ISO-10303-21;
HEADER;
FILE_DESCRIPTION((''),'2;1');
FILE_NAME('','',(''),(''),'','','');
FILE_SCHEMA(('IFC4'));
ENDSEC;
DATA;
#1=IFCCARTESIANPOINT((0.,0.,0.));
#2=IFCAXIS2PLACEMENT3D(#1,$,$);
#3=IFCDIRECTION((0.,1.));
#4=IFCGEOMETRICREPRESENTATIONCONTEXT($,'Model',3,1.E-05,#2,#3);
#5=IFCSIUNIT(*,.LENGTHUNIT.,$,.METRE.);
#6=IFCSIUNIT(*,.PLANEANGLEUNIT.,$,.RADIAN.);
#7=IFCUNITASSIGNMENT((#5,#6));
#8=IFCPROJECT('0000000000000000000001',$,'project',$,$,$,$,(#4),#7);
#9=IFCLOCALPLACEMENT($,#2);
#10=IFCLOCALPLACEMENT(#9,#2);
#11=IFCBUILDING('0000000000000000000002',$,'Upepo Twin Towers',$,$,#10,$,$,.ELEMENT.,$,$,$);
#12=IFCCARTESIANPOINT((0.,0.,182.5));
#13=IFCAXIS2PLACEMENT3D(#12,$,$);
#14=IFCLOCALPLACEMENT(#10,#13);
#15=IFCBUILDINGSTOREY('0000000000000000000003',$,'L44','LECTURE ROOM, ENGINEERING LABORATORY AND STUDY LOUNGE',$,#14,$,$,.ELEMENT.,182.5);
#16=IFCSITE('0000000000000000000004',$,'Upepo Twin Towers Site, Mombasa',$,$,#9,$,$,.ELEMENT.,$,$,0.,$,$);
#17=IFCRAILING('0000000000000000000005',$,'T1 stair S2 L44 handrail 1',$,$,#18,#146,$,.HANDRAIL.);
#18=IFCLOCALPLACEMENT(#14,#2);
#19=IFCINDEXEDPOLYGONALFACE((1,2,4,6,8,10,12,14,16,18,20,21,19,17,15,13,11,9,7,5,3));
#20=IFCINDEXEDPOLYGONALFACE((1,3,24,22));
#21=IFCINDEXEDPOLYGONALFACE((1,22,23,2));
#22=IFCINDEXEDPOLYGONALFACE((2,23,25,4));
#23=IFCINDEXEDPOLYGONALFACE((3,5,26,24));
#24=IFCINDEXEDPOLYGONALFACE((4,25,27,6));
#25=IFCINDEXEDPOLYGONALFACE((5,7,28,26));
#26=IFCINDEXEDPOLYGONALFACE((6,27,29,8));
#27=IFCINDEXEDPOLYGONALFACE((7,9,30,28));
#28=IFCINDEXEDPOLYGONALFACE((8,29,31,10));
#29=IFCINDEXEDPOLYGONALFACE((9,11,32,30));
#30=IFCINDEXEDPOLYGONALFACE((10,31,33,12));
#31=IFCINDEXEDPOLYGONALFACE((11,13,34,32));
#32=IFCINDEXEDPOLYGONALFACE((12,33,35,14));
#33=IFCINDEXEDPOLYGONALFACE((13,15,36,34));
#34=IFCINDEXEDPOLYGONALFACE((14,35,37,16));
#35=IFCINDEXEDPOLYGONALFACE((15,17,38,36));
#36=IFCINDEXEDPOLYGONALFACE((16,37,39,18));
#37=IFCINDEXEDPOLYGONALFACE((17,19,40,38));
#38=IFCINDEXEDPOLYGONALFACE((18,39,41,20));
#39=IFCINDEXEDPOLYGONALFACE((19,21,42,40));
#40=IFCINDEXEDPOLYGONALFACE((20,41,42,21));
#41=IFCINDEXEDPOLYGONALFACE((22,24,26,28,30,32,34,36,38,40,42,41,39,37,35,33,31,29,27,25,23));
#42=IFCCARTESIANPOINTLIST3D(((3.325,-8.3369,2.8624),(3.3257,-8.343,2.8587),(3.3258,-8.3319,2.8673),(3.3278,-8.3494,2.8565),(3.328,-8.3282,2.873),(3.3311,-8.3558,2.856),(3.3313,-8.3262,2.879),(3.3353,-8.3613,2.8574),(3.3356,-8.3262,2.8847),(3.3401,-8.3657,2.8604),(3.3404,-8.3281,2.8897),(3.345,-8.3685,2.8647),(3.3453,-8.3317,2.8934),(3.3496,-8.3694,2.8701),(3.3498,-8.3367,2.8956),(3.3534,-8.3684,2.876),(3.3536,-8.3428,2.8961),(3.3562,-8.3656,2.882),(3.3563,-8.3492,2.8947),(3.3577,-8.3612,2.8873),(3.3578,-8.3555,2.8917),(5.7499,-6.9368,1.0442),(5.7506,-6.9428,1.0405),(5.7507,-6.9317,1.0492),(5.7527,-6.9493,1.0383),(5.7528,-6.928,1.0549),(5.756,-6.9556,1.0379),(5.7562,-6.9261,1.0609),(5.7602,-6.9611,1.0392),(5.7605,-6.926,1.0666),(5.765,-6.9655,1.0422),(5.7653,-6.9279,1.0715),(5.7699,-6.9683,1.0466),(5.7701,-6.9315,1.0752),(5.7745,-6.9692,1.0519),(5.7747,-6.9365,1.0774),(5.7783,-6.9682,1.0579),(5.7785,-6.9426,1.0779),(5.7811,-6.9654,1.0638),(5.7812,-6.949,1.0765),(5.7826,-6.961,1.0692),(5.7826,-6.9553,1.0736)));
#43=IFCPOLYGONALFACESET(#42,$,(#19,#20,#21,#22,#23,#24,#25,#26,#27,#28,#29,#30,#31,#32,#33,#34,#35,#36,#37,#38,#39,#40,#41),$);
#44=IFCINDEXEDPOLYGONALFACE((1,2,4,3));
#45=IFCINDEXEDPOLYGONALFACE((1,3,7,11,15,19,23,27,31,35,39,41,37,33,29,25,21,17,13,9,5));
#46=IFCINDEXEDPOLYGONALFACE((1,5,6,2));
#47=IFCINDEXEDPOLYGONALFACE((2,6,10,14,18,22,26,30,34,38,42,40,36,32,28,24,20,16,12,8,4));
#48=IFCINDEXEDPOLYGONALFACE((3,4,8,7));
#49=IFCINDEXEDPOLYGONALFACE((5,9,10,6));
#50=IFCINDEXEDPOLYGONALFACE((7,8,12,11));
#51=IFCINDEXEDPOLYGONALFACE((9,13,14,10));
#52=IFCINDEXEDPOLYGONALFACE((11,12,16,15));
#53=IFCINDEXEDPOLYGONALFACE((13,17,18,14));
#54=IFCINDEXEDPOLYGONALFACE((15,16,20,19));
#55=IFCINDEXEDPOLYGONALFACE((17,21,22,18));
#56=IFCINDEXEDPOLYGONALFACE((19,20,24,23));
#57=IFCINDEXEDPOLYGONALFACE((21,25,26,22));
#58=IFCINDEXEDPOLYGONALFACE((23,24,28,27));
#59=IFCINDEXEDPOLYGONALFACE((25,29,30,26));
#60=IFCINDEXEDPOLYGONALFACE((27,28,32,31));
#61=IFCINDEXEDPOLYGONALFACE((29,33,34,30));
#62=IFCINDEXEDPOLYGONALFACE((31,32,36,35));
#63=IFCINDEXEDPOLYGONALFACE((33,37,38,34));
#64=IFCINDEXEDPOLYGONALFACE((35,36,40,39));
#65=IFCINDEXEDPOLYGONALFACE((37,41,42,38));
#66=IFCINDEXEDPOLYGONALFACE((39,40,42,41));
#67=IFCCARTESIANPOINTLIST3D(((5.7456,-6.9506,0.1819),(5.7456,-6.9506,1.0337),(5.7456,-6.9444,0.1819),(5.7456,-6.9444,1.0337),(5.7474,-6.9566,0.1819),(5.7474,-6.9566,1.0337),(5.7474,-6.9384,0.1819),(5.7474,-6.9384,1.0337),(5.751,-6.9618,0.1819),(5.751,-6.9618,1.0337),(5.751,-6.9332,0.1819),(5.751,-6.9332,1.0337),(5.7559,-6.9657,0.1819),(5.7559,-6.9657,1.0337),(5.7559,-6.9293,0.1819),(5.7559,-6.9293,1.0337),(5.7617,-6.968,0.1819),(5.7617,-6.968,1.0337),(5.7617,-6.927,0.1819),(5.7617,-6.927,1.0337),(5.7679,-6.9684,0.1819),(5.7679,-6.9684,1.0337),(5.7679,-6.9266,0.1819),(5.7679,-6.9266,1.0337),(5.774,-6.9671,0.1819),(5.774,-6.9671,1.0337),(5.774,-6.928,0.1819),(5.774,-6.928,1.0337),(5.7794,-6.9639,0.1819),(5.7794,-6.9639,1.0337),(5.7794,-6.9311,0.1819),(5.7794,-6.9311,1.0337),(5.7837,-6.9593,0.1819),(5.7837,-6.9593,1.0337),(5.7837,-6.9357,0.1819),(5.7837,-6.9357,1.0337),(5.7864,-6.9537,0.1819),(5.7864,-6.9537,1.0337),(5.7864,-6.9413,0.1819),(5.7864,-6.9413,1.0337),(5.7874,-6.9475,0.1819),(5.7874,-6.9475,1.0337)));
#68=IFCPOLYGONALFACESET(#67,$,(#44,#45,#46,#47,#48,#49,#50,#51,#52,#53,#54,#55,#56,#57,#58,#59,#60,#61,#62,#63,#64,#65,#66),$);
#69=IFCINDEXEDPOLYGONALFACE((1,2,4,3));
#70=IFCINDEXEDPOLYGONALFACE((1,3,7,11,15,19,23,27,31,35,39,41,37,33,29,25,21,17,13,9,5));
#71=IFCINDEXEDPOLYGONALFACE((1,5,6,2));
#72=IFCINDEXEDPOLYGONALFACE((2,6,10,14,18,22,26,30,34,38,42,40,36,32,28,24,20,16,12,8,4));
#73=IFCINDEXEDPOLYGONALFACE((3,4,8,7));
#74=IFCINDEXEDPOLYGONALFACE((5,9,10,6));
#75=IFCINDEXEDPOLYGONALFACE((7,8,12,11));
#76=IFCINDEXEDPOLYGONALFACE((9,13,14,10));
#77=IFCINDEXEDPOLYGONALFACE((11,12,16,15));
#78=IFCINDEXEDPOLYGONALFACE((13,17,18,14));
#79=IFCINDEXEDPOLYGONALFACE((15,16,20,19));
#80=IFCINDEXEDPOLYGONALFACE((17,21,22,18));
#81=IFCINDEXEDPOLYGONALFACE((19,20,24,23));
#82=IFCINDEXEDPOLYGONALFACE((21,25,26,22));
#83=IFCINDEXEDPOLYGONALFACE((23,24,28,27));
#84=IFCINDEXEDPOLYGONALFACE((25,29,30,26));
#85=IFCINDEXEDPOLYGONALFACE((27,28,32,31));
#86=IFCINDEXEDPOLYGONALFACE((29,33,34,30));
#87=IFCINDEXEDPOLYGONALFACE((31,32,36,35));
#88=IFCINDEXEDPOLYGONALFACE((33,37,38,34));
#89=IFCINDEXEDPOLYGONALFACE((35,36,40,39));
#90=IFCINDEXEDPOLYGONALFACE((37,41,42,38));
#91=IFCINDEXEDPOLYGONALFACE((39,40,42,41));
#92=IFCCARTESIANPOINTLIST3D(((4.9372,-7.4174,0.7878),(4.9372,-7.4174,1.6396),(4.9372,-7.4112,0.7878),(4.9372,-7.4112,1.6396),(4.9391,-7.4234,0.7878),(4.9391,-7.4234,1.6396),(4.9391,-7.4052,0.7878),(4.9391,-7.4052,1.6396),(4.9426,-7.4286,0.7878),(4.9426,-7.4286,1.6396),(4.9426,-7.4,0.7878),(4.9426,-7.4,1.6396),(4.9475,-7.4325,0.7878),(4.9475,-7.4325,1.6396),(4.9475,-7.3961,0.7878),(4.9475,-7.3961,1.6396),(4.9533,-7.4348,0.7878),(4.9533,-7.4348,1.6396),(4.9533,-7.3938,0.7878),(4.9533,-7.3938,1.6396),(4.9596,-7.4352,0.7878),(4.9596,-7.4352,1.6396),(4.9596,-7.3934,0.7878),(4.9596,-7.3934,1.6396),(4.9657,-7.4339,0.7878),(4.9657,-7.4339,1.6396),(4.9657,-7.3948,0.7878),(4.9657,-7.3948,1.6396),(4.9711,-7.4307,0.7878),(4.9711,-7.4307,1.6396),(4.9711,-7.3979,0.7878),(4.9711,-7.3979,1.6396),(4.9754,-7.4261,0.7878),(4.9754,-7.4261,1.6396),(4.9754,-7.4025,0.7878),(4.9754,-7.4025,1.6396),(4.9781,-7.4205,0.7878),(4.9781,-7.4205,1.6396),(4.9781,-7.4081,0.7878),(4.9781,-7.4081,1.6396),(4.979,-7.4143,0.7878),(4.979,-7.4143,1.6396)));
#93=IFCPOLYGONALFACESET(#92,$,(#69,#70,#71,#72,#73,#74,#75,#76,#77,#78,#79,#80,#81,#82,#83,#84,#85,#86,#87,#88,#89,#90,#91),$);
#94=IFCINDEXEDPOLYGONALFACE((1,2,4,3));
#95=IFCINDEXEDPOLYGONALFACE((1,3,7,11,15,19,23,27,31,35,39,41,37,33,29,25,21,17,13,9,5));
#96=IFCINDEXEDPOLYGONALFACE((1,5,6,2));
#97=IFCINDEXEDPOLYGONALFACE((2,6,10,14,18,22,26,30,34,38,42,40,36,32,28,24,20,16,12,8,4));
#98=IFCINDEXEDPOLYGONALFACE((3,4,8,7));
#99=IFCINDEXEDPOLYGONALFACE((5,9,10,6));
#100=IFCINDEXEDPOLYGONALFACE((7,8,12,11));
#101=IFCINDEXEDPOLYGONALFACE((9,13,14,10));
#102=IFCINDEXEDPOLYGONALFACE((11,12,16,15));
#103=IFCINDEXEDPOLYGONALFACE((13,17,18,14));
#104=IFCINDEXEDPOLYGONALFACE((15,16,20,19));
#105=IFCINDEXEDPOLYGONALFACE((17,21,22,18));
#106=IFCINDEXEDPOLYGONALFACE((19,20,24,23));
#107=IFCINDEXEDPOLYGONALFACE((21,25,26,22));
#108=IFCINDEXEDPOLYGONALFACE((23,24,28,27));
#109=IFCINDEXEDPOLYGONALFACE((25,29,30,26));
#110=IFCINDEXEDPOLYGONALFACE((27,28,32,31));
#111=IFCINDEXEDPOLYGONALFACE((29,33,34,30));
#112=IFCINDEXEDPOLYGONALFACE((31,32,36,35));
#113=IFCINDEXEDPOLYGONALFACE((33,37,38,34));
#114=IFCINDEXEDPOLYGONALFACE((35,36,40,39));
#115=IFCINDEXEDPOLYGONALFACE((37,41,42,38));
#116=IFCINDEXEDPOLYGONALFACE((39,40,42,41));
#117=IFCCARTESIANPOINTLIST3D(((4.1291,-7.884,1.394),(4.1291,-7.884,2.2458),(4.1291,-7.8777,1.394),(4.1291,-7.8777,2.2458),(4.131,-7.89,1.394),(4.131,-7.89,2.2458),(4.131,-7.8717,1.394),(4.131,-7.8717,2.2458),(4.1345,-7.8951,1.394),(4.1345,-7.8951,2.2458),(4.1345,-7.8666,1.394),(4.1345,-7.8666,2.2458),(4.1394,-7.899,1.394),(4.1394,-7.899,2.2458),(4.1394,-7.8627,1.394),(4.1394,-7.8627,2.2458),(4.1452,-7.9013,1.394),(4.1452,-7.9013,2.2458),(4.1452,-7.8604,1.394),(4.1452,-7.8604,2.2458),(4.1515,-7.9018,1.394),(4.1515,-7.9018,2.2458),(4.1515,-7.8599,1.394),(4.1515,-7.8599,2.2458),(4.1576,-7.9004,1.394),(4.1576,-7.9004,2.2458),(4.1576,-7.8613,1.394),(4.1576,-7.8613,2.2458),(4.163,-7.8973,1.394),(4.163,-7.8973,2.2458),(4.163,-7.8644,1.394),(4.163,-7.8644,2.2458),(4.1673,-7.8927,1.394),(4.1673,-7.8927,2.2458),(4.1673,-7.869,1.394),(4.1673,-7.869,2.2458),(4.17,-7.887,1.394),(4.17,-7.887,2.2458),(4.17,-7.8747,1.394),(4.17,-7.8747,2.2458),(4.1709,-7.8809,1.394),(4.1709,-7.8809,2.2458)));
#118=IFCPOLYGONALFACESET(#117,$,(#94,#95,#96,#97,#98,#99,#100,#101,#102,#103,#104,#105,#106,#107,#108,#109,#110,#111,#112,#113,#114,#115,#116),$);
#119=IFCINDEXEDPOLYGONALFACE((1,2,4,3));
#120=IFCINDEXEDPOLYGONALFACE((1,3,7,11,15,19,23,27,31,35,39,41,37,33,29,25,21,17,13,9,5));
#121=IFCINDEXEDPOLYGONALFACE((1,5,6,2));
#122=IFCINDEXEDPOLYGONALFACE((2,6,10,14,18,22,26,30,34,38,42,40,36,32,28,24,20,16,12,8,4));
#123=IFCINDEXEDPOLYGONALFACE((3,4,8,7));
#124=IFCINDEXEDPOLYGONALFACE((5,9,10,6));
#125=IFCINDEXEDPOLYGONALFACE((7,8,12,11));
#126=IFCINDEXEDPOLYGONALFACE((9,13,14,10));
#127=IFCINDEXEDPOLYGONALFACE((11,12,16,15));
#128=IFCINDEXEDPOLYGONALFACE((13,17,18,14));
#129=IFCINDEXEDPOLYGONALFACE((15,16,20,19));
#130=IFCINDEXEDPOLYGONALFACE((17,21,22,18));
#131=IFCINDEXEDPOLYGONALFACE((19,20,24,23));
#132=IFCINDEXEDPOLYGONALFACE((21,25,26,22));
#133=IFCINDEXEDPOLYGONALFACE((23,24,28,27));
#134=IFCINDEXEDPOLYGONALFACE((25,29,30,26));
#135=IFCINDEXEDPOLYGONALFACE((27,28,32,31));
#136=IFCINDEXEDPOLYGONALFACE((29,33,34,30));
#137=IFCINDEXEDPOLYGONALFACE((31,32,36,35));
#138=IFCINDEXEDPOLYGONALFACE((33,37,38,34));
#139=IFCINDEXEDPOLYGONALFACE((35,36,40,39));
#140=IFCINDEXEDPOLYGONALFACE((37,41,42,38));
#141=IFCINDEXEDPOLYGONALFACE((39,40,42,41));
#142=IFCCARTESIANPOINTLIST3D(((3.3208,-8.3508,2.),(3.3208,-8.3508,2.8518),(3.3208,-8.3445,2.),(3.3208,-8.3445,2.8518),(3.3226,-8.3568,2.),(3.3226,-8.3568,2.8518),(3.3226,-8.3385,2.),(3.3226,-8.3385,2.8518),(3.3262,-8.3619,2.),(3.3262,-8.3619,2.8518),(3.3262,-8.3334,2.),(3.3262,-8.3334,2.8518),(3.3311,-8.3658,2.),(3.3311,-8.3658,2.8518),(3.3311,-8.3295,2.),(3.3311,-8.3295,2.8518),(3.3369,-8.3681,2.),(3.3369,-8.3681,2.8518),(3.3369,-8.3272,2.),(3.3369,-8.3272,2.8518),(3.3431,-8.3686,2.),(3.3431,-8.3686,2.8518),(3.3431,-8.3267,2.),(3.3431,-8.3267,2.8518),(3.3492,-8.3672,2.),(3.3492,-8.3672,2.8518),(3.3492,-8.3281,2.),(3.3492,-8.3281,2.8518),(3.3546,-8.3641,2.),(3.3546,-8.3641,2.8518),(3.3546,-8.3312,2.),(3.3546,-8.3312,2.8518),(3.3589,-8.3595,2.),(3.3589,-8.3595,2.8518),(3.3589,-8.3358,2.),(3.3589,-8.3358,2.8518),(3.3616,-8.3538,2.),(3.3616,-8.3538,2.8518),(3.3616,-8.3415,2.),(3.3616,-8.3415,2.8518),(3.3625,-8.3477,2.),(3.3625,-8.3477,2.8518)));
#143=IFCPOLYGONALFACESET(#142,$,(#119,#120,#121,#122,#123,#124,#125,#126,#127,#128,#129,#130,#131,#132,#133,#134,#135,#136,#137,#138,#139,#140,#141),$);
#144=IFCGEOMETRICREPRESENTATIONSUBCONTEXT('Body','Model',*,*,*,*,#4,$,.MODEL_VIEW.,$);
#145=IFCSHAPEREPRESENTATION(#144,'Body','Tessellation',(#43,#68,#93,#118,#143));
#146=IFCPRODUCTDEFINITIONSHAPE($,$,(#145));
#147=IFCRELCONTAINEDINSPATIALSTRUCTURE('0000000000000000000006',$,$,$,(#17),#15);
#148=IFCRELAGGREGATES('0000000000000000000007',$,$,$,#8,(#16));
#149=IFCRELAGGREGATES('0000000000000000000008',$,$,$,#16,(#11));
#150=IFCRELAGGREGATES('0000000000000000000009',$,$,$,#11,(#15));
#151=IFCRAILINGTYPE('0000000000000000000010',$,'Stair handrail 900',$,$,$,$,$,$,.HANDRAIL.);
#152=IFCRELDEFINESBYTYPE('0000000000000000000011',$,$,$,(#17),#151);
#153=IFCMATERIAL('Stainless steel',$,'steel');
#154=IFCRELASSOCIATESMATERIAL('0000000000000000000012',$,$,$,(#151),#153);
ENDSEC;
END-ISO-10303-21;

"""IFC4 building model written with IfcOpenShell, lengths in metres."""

from ifc_helpers import new_model, si_unit, direction, frame, origin, origin_2d, place, context, subcontext, project, spatial, circle, extrude, material, type_object, element, save


model = new_model("IFC4")

# Units and contexts
model_context = context("Model", 3, precision=1e-05, world=origin(), true_north=direction((0.0, 1.0)))
body_context = subcontext(model_context, "Body", "Model", "MODEL_VIEW")
ifc_project = project(units=[si_unit("LENGTHUNIT", "METRE"), si_unit("PLANEANGLEUNIT", "RADIAN")], contexts=[model_context])

# Site, building, storey
site_placement = place(None, origin())
site = spatial("IfcSite", under=ifc_project, at=site_placement, Name="Upepo Twin Towers Site, Mombasa", CompositionType="ELEMENT", RefElevation=0.0)
building_placement = place(site_placement, origin())
building = spatial("IfcBuilding", under=site, at=building_placement, Name="Upepo Twin Towers", CompositionType="ELEMENT")
storey_placement = place(building_placement, frame((0.0, 0.0, 182.5)))
storey = spatial("IfcBuildingStorey", under=building, at=storey_placement, Name="L44", Description="LECTURE ROOM, ENGINEERING LABORATORY AND STUDY LOUNGE", CompositionType="ELEMENT", Elevation=182.5)

# Railing
ifc_material_1 = material(Name="Stainless steel", Category="steel")
railing_type = type_object("IfcRailingType", Name="Stair handrail 900", PredefinedType="HANDRAIL", material=ifc_material_1)
railing_1_placement = place(storey_placement, frame((5.7664, -6.9475, 0.1819)))
element("IfcRailing", 1, at=railing_1_placement, inside=storey, type_object=railing_type, Name="T1 stair S2 L44 handrail 1", PredefinedType="HANDRAIL", context=body_context, shape_type="SweptSolid", body=[
    extrude(circle(Radius=0.0239, at=origin_2d()), frame((0.0, 0.0, 0.876), z_axis=(-0.726314, -0.419393, 0.544589), x_axis=(0.50005, -0.865997, 0.0)), (0.0, 0.0, 1.0), 3.3386),
    extrude(circle(Radius=0.021, at=origin_2d()), origin(), (0.0, 0.0, 1.0), 0.8518),
    extrude(circle(Radius=0.021, at=origin_2d()), frame((-0.8083, -0.4668, 0.606)), (0.0, 0.0, 1.0), 0.8518),
    extrude(circle(Radius=0.021, at=origin_2d()), frame((-1.6165, -0.9333, 1.2122)), (0.0, 0.0, 1.0), 0.8518),
    extrude(circle(Radius=0.021, at=origin_2d()), frame((-2.4248, -1.4001, 1.8181)), (0.0, 0.0, 1.0), 0.8518),
])

save(model, "model.ifc")
